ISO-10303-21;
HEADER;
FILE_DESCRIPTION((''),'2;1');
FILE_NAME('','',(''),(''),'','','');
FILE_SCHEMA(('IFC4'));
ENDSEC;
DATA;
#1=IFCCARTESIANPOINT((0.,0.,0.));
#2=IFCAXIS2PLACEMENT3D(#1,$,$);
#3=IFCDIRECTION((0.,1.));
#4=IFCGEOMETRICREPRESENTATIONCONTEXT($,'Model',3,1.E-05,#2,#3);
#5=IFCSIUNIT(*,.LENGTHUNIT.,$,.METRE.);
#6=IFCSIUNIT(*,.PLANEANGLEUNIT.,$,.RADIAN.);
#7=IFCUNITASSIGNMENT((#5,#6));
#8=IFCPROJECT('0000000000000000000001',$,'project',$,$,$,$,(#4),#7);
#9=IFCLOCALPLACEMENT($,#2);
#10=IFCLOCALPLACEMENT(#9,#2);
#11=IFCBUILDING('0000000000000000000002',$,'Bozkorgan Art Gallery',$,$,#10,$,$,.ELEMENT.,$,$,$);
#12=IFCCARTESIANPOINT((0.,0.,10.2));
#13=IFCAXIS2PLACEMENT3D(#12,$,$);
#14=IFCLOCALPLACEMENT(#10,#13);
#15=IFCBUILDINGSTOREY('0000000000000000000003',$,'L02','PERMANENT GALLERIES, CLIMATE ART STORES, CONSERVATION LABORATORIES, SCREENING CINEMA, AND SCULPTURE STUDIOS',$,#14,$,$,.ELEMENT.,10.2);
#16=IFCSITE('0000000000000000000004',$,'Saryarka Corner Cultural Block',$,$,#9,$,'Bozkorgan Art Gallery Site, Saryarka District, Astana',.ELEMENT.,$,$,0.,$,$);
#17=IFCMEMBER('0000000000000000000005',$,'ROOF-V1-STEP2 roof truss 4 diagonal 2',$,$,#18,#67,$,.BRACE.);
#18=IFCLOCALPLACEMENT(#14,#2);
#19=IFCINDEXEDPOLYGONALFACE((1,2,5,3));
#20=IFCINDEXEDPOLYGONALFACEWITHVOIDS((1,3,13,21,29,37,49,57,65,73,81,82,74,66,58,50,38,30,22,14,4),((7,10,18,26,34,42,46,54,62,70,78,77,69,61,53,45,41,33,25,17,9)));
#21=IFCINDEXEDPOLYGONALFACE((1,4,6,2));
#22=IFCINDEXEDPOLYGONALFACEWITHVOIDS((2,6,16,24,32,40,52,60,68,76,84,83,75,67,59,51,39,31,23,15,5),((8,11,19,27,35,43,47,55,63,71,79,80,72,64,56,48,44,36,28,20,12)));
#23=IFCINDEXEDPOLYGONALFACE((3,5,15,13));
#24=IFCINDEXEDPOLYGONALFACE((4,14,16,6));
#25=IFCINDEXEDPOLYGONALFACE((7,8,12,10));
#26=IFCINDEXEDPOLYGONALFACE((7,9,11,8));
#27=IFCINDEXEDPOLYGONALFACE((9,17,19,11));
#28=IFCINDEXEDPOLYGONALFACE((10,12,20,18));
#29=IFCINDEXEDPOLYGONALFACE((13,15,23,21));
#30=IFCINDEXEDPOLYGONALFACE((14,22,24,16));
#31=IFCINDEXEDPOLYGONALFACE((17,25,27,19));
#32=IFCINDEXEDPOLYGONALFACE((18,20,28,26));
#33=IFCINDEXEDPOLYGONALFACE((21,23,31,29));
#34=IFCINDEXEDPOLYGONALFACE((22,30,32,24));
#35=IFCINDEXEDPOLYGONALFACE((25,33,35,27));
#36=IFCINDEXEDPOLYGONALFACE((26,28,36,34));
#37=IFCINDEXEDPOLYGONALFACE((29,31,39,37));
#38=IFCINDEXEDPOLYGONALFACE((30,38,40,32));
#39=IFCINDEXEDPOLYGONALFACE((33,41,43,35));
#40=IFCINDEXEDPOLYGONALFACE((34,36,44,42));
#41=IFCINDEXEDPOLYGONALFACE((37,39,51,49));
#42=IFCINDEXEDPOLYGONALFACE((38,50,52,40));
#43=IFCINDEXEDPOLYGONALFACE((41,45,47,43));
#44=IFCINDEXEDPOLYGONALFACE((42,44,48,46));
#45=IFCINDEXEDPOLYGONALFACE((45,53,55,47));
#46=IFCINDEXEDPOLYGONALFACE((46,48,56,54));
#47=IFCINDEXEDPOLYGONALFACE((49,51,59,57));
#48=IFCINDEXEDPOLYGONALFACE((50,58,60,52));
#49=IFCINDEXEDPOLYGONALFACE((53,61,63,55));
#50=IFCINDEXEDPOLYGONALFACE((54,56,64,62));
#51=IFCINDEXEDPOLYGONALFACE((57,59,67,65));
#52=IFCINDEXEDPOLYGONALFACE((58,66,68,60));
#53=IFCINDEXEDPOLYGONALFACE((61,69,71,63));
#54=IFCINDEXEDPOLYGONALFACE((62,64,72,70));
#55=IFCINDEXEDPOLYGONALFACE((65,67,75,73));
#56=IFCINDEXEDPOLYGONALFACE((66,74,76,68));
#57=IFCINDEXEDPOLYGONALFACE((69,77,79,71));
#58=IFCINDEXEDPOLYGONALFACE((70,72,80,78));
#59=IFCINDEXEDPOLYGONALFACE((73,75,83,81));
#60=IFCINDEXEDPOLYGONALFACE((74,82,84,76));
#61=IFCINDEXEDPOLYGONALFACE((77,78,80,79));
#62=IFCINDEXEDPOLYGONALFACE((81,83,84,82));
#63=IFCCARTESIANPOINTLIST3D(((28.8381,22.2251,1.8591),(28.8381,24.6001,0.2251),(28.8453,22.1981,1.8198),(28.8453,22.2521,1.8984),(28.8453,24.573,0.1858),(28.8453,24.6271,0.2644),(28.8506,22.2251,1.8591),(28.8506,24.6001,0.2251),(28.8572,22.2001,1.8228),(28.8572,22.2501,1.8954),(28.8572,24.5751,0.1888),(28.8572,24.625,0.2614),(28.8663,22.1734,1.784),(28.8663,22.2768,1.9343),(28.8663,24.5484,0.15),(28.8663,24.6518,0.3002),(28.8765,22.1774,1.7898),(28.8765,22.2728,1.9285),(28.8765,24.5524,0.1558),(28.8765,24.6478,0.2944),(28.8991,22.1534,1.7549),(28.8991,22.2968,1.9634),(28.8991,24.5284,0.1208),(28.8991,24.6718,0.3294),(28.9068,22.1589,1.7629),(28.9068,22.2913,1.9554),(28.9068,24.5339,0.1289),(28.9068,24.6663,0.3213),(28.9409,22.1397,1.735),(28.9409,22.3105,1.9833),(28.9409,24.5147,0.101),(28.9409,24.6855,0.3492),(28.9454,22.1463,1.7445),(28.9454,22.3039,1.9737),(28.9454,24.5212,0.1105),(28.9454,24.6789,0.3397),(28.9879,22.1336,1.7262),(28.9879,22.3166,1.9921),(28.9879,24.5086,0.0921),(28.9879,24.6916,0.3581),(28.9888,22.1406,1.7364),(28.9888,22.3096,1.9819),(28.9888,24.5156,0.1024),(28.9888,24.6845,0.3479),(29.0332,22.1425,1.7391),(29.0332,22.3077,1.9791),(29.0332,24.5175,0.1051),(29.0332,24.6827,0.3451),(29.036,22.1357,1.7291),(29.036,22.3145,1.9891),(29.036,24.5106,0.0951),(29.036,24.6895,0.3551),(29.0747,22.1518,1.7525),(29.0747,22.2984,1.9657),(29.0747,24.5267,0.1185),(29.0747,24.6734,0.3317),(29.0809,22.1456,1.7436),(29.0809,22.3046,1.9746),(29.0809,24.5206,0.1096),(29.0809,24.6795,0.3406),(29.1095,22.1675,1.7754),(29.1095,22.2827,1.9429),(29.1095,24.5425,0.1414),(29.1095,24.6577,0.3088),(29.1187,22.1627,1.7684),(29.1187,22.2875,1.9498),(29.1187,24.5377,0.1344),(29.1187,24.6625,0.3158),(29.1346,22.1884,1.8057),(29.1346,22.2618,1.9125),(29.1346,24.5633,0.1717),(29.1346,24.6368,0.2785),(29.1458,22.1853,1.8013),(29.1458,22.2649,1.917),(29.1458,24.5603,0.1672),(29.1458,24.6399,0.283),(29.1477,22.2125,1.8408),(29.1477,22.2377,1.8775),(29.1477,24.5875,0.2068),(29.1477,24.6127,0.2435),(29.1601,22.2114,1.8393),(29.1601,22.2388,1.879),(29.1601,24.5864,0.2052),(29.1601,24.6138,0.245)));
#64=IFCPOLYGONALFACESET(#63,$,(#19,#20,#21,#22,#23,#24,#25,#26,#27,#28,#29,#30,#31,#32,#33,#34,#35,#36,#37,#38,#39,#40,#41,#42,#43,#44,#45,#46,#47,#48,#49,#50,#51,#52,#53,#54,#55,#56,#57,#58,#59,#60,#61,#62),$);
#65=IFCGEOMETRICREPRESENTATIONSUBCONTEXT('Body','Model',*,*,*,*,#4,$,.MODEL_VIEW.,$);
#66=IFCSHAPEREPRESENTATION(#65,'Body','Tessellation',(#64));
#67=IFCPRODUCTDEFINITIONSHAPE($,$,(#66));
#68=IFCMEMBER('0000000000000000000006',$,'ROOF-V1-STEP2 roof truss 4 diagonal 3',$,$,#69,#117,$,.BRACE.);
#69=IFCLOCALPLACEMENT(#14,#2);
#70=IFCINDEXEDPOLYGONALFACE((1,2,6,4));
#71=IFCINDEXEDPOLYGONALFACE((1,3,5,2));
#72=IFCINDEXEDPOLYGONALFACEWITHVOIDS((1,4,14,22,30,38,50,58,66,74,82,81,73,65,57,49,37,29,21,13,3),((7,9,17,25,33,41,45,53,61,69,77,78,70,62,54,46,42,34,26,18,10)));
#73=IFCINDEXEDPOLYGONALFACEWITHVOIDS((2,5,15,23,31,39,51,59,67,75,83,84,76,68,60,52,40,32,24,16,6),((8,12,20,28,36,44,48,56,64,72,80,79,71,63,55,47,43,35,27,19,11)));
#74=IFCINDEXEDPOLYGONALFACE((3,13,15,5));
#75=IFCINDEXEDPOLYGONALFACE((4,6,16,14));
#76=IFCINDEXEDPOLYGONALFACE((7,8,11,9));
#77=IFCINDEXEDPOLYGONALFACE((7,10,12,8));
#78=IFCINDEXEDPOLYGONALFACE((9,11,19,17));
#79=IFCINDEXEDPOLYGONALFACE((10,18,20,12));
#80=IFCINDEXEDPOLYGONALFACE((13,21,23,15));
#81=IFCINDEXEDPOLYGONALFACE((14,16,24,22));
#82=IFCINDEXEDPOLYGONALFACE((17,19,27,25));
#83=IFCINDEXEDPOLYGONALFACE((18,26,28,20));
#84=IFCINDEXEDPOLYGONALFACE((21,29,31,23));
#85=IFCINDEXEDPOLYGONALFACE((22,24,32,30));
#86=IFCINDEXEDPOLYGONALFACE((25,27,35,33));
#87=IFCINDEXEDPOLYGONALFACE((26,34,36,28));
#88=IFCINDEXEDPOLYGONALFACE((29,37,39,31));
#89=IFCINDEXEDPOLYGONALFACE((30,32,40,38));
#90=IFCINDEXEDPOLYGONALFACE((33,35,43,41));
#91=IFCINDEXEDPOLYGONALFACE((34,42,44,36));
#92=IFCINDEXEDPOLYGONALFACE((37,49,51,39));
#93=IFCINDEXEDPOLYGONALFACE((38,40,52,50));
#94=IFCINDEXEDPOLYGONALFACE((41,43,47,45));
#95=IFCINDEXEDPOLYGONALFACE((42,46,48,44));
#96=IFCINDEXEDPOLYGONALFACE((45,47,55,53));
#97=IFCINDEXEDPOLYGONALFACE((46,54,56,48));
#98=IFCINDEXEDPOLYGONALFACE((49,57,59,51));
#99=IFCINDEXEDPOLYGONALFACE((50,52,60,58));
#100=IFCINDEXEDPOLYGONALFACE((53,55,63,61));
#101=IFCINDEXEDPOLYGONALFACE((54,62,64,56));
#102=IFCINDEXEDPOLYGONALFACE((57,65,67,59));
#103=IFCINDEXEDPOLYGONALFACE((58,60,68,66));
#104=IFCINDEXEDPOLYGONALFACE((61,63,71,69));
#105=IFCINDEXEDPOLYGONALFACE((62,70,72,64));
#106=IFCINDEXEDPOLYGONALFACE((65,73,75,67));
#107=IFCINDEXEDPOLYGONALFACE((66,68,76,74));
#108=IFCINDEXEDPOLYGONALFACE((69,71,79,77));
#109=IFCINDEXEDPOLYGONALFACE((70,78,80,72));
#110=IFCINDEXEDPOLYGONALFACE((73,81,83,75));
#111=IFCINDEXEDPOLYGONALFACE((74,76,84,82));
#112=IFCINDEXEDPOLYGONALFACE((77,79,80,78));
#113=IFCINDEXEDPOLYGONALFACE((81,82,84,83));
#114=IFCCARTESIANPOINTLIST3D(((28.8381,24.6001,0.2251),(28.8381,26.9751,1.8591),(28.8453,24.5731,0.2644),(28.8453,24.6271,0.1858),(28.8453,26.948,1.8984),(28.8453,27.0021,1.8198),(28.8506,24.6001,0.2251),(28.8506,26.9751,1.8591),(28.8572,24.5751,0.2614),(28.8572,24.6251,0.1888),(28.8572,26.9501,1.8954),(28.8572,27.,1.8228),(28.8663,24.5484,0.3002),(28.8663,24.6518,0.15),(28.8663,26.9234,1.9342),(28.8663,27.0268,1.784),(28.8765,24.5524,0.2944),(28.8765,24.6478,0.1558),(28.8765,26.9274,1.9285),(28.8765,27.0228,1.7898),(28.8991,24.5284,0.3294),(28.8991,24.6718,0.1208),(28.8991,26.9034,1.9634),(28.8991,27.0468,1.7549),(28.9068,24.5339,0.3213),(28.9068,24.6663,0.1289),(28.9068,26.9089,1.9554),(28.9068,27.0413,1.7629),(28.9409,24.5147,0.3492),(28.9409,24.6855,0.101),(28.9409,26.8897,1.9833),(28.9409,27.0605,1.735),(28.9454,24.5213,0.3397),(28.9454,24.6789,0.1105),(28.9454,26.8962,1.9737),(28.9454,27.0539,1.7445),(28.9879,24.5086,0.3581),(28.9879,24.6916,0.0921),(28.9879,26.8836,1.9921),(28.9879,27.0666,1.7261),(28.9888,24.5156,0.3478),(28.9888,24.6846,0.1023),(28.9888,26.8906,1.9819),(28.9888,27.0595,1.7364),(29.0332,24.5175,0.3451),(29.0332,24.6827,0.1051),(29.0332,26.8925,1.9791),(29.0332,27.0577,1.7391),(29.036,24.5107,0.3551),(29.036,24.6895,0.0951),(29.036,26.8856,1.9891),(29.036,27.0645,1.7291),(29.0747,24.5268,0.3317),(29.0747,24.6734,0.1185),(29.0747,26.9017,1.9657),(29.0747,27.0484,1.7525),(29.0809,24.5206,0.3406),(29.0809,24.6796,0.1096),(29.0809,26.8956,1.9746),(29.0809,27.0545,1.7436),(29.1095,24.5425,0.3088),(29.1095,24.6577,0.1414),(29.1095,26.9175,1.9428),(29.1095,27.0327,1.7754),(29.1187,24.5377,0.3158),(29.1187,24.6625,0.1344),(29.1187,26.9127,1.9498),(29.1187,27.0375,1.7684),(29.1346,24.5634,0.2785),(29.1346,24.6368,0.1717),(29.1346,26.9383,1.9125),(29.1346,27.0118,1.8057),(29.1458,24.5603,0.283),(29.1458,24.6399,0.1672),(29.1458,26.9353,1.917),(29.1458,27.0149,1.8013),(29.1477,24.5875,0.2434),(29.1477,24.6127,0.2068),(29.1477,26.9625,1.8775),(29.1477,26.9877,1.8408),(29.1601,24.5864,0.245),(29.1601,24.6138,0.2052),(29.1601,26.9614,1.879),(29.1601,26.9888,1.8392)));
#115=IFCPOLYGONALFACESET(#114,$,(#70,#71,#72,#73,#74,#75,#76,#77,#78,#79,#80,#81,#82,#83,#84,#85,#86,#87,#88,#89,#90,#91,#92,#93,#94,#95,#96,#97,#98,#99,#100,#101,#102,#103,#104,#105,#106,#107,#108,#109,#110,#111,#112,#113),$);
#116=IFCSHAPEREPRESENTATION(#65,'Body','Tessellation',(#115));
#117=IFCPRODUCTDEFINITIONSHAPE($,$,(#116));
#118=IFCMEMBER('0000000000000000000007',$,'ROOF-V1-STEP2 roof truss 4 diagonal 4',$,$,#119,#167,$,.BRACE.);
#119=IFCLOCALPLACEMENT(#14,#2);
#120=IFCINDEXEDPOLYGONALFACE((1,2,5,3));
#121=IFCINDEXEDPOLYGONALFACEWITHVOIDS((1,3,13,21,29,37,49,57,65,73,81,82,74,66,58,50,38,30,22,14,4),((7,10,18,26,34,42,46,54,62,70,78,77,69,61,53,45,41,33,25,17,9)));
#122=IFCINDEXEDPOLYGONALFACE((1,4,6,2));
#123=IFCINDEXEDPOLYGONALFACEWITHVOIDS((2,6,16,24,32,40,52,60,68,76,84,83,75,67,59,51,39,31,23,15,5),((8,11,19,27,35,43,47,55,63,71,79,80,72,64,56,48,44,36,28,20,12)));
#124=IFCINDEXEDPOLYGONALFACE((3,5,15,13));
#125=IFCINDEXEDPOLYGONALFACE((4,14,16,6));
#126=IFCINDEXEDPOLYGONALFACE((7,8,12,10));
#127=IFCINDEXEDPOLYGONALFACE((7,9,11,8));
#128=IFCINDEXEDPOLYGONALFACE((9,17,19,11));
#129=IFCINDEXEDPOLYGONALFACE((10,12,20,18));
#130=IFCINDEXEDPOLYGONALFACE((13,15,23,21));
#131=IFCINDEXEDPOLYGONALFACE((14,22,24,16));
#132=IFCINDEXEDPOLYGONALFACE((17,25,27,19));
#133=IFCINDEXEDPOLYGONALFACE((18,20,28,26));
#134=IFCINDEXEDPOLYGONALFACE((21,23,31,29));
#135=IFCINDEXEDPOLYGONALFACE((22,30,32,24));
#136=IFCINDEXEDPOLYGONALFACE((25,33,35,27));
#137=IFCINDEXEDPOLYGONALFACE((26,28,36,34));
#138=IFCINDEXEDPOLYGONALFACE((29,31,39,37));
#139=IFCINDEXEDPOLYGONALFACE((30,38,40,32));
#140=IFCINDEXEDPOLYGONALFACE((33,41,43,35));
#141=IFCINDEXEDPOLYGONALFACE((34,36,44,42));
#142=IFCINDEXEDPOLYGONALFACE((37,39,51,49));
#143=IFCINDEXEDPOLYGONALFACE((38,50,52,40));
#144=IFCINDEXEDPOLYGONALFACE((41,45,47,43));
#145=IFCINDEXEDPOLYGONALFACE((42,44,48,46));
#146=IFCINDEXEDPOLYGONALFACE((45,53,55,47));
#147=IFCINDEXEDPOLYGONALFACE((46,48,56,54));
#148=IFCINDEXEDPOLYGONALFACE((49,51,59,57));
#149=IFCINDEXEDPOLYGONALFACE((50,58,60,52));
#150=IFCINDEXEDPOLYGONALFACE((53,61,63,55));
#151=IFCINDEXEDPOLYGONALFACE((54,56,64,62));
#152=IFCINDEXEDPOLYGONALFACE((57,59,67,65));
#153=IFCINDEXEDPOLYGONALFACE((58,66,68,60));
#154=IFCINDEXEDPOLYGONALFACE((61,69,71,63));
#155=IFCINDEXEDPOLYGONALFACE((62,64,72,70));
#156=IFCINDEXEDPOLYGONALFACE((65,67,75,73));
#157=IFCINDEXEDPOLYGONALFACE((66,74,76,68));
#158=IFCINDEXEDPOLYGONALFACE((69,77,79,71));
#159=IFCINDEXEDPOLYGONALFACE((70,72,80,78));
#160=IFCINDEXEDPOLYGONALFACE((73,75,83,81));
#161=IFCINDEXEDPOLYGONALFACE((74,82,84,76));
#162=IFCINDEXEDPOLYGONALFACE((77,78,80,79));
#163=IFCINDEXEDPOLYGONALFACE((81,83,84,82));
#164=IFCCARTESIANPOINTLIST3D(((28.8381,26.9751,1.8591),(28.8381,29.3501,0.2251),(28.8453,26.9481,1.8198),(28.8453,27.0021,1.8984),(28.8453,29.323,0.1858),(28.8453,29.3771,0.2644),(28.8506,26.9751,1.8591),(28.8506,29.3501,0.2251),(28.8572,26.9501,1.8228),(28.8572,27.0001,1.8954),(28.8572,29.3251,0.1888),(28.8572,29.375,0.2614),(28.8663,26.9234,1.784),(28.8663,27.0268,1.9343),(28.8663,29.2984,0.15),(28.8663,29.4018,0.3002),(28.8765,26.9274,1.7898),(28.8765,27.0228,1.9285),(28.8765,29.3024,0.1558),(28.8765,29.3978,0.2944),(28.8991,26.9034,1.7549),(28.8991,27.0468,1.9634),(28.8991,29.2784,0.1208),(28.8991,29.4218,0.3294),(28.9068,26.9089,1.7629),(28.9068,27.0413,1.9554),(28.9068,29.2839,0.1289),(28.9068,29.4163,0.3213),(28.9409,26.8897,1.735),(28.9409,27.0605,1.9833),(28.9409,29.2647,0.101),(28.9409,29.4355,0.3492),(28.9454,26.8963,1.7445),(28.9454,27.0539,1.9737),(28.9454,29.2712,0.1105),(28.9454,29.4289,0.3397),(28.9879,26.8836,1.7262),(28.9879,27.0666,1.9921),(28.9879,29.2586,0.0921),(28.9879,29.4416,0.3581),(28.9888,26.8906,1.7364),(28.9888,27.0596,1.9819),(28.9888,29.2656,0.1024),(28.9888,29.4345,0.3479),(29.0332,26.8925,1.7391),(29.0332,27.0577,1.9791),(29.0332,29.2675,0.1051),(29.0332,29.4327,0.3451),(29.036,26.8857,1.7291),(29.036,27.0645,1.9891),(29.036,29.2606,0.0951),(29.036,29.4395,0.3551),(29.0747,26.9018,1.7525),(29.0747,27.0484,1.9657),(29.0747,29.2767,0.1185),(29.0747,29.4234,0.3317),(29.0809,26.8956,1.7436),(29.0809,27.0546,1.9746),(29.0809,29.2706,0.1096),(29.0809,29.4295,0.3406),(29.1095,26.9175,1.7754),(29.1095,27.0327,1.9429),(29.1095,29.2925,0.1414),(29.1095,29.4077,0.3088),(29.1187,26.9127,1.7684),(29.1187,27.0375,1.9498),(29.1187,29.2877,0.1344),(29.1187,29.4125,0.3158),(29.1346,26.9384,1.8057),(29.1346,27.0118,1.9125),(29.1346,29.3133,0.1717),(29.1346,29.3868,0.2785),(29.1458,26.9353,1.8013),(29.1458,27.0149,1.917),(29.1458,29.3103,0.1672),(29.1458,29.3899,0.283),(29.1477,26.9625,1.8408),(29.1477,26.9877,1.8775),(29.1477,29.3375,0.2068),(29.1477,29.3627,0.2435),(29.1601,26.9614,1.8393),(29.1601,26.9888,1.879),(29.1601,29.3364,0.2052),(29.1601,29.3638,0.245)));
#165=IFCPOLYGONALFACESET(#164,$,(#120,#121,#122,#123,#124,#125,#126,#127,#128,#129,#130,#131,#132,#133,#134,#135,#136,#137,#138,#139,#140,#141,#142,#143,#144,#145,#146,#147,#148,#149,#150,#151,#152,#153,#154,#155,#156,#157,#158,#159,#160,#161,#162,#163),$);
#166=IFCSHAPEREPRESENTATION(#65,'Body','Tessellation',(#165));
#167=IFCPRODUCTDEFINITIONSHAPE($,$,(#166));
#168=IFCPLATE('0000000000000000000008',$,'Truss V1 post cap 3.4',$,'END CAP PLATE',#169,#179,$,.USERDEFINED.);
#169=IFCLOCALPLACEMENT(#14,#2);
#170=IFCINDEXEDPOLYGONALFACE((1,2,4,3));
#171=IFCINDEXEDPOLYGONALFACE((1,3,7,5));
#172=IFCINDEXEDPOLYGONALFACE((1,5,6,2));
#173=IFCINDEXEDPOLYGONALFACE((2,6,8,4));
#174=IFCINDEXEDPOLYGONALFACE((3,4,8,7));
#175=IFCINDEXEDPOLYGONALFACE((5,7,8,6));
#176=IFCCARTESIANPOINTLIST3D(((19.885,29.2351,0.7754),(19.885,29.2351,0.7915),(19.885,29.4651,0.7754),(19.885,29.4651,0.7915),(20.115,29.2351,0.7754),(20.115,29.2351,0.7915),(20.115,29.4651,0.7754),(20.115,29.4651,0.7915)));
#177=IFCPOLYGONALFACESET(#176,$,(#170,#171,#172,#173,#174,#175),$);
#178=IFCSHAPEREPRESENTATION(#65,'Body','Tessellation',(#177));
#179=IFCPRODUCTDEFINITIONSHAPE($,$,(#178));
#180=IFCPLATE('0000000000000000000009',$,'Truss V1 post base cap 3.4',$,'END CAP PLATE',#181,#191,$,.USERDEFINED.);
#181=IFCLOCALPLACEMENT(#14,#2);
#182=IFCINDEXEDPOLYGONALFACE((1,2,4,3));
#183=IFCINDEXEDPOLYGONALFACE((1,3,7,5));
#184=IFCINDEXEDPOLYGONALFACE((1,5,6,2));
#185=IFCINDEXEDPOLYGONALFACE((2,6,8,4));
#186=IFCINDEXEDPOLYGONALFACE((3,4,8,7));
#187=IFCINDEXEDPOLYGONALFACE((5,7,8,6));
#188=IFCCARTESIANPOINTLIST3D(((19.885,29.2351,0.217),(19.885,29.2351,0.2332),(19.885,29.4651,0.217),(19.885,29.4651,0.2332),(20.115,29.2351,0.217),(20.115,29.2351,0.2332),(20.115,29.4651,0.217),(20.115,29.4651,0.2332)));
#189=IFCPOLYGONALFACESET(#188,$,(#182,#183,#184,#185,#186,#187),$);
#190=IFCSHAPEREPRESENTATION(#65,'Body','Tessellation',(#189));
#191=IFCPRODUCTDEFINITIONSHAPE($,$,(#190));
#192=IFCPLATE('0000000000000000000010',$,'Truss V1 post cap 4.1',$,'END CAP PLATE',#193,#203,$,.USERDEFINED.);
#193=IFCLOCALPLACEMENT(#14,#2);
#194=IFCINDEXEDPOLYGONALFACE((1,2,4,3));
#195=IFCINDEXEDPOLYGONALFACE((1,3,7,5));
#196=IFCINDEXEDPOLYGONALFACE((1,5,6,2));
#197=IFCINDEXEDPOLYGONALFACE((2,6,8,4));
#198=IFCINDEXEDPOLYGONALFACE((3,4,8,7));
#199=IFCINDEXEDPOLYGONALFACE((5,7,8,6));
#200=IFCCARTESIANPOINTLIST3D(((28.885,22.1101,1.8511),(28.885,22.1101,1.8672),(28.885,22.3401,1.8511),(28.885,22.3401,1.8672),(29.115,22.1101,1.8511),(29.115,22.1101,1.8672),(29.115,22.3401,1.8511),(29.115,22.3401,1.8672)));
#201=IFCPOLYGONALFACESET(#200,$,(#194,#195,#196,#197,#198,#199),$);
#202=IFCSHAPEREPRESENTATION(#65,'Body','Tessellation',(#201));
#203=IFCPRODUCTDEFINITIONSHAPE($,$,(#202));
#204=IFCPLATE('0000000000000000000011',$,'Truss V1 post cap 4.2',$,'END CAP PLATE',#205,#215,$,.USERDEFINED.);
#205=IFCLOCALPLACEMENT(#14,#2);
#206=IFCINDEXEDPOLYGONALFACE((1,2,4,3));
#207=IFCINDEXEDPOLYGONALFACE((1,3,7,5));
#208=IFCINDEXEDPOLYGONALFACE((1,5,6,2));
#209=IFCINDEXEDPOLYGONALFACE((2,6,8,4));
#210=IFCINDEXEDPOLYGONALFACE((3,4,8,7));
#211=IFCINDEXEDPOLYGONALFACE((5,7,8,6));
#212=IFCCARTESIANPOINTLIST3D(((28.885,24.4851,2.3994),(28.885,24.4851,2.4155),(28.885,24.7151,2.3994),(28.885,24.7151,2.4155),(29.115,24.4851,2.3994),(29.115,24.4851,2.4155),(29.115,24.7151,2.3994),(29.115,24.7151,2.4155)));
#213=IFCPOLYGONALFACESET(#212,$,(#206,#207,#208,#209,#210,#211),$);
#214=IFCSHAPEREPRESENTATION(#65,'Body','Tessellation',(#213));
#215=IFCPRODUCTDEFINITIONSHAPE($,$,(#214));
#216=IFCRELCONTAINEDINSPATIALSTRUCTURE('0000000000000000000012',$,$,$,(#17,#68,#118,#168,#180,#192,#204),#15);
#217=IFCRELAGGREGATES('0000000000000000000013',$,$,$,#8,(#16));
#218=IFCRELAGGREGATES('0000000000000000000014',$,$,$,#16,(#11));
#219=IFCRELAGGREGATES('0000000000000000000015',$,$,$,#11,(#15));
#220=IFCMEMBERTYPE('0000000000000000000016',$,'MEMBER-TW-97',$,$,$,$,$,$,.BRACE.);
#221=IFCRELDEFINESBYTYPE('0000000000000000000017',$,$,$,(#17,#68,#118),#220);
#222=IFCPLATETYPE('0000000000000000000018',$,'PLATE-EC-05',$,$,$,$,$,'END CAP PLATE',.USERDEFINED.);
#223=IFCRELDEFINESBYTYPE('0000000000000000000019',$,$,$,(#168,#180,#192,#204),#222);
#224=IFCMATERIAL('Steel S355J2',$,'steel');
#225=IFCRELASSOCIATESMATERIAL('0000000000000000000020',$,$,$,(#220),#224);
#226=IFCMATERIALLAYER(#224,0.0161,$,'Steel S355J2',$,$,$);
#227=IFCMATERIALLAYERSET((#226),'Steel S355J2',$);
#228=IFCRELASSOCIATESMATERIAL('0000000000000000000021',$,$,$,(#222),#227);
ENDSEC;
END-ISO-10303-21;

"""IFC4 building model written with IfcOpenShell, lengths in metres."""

from ifc_helpers import new_model, si_unit, direction, frame, origin, origin_2d, place, context, subcontext, project, spatial, rectangle, hollow_circle, extrude, material, layer, layer_set, material_profile, profile_set, type_object, element, save


model = new_model("IFC4")

# Units and contexts
model_context = context("Model", 3, precision=1e-05, world=origin(), true_north=direction((0.0, 1.0)))
body_context = subcontext(model_context, "Body", "Model", "MODEL_VIEW")
ifc_project = project(units=[si_unit("LENGTHUNIT", "METRE"), si_unit("PLANEANGLEUNIT", "RADIAN")], contexts=[model_context])

# Site, building, storey
site_placement = place(None, origin())
site = spatial("IfcSite", under=ifc_project, at=site_placement, Name="Saryarka Corner Cultural Block", LongName="Bozkorgan Art Gallery Site, Saryarka District, Astana", CompositionType="ELEMENT", RefElevation=0.0)
building_placement = place(site_placement, origin())
building = spatial("IfcBuilding", under=site, at=building_placement, Name="Bozkorgan Art Gallery", CompositionType="ELEMENT")
storey_placement = place(building_placement, frame((0.0, 0.0, 10.2)))
storey = spatial("IfcBuildingStorey", under=building, at=storey_placement, Name="L02", Description="PERMANENT GALLERIES, CLIMATE ART STORES, CONSERVATION LABORATORIES, SCREENING CINEMA, AND SCULPTURE STUDIOS", CompositionType="ELEMENT", Elevation=10.2)

# Shared definitions
ifc_material = material(Name="Steel S355J2", Category="steel")

# Members
ifc_material_profile_1 = material_profile(ifc_material, hollow_circle(Radius=0.1619, WallThickness=0.0125, at=origin_2d()), Name="CHS 323.9x12.5")
ifc_profile_set_1 = profile_set([ifc_material_profile_1], Name="Steel S355J2")
member_type_1 = type_object("IfcMemberType", Name="MEMBER-TW-97", PredefinedType="BRACE", material=ifc_profile_set_1)
for number, where, z_axis, x_axis, name in (
    (1, (29.0, 22.2251, 1.8591), (0.0, 0.823844, -0.566816), (-1.0, 0.0, 0.0), "ROOF-V1-STEP2 roof truss 4 diagonal 2"),
    (2, (29.0, 24.6001, 0.2251), (0.0, 0.823844, 0.566816), (-1.0, 0.0, 0.0), "ROOF-V1-STEP2 roof truss 4 diagonal 3"),
    (3, (29.0, 26.9751, 1.8591), (0.0, 0.823844, -0.566816), (-1.0, 0.0, 0.0), "ROOF-V1-STEP2 roof truss 4 diagonal 4"),
):
    element("IfcMember", number, at=place(storey_placement, frame(where, z_axis=z_axis, x_axis=x_axis)), inside=storey, type_object=member_type_1, Name=name, PredefinedType="BRACE", context=body_context, shape_type="SweptSolid", body=[
        extrude(hollow_circle(Radius=0.1619, WallThickness=0.0125, at=origin_2d()), origin(), (0.0, 0.0, 1.0), 2.8828),
    ])

# Plates
ifc_layer_1 = layer(ifc_material, 0.0161, Name="Steel S355J2")
ifc_layer_set_1 = layer_set([ifc_layer_1], Name="Steel S355J2")
plate_type_1 = type_object("IfcPlateType", Name="PLATE-EC-05", ElementType="END CAP PLATE", PredefinedType="USERDEFINED", material=ifc_layer_set_1)
for number, where, z_axis, x_axis, name in (
    (4, (20.0, 29.3501, 0.7754), (0.0, 0.0, 1.0), (1.0, 0.0, 0.0), "Truss V1 post cap 3.4"),
    (5, (20.0, 29.3501, 0.217), (0.0, 0.0, 1.0), (1.0, 0.0, 0.0), "Truss V1 post base cap 3.4"),
    (6, (29.0, 22.2251, 1.8511), (0.0, 0.0, 1.0), (1.0, 0.0, 0.0), "Truss V1 post cap 4.1"),
    (7, (29.0, 24.6001, 2.3994), (0.0, 0.0, 1.0), (1.0, 0.0, 0.0), "Truss V1 post cap 4.2"),
):
    element("IfcPlate", number, at=place(storey_placement, frame(where, z_axis=z_axis, x_axis=x_axis)), inside=storey, type_object=plate_type_1, Name=name, ObjectType="END CAP PLATE", PredefinedType="USERDEFINED", context=body_context, shape_type="SweptSolid", body=[
        extrude(rectangle(XDim=0.23, YDim=0.23, at=origin_2d()), origin(), (0.0, 0.0, 1.0), 0.0161),
    ])

save(model, "model.ifc")
